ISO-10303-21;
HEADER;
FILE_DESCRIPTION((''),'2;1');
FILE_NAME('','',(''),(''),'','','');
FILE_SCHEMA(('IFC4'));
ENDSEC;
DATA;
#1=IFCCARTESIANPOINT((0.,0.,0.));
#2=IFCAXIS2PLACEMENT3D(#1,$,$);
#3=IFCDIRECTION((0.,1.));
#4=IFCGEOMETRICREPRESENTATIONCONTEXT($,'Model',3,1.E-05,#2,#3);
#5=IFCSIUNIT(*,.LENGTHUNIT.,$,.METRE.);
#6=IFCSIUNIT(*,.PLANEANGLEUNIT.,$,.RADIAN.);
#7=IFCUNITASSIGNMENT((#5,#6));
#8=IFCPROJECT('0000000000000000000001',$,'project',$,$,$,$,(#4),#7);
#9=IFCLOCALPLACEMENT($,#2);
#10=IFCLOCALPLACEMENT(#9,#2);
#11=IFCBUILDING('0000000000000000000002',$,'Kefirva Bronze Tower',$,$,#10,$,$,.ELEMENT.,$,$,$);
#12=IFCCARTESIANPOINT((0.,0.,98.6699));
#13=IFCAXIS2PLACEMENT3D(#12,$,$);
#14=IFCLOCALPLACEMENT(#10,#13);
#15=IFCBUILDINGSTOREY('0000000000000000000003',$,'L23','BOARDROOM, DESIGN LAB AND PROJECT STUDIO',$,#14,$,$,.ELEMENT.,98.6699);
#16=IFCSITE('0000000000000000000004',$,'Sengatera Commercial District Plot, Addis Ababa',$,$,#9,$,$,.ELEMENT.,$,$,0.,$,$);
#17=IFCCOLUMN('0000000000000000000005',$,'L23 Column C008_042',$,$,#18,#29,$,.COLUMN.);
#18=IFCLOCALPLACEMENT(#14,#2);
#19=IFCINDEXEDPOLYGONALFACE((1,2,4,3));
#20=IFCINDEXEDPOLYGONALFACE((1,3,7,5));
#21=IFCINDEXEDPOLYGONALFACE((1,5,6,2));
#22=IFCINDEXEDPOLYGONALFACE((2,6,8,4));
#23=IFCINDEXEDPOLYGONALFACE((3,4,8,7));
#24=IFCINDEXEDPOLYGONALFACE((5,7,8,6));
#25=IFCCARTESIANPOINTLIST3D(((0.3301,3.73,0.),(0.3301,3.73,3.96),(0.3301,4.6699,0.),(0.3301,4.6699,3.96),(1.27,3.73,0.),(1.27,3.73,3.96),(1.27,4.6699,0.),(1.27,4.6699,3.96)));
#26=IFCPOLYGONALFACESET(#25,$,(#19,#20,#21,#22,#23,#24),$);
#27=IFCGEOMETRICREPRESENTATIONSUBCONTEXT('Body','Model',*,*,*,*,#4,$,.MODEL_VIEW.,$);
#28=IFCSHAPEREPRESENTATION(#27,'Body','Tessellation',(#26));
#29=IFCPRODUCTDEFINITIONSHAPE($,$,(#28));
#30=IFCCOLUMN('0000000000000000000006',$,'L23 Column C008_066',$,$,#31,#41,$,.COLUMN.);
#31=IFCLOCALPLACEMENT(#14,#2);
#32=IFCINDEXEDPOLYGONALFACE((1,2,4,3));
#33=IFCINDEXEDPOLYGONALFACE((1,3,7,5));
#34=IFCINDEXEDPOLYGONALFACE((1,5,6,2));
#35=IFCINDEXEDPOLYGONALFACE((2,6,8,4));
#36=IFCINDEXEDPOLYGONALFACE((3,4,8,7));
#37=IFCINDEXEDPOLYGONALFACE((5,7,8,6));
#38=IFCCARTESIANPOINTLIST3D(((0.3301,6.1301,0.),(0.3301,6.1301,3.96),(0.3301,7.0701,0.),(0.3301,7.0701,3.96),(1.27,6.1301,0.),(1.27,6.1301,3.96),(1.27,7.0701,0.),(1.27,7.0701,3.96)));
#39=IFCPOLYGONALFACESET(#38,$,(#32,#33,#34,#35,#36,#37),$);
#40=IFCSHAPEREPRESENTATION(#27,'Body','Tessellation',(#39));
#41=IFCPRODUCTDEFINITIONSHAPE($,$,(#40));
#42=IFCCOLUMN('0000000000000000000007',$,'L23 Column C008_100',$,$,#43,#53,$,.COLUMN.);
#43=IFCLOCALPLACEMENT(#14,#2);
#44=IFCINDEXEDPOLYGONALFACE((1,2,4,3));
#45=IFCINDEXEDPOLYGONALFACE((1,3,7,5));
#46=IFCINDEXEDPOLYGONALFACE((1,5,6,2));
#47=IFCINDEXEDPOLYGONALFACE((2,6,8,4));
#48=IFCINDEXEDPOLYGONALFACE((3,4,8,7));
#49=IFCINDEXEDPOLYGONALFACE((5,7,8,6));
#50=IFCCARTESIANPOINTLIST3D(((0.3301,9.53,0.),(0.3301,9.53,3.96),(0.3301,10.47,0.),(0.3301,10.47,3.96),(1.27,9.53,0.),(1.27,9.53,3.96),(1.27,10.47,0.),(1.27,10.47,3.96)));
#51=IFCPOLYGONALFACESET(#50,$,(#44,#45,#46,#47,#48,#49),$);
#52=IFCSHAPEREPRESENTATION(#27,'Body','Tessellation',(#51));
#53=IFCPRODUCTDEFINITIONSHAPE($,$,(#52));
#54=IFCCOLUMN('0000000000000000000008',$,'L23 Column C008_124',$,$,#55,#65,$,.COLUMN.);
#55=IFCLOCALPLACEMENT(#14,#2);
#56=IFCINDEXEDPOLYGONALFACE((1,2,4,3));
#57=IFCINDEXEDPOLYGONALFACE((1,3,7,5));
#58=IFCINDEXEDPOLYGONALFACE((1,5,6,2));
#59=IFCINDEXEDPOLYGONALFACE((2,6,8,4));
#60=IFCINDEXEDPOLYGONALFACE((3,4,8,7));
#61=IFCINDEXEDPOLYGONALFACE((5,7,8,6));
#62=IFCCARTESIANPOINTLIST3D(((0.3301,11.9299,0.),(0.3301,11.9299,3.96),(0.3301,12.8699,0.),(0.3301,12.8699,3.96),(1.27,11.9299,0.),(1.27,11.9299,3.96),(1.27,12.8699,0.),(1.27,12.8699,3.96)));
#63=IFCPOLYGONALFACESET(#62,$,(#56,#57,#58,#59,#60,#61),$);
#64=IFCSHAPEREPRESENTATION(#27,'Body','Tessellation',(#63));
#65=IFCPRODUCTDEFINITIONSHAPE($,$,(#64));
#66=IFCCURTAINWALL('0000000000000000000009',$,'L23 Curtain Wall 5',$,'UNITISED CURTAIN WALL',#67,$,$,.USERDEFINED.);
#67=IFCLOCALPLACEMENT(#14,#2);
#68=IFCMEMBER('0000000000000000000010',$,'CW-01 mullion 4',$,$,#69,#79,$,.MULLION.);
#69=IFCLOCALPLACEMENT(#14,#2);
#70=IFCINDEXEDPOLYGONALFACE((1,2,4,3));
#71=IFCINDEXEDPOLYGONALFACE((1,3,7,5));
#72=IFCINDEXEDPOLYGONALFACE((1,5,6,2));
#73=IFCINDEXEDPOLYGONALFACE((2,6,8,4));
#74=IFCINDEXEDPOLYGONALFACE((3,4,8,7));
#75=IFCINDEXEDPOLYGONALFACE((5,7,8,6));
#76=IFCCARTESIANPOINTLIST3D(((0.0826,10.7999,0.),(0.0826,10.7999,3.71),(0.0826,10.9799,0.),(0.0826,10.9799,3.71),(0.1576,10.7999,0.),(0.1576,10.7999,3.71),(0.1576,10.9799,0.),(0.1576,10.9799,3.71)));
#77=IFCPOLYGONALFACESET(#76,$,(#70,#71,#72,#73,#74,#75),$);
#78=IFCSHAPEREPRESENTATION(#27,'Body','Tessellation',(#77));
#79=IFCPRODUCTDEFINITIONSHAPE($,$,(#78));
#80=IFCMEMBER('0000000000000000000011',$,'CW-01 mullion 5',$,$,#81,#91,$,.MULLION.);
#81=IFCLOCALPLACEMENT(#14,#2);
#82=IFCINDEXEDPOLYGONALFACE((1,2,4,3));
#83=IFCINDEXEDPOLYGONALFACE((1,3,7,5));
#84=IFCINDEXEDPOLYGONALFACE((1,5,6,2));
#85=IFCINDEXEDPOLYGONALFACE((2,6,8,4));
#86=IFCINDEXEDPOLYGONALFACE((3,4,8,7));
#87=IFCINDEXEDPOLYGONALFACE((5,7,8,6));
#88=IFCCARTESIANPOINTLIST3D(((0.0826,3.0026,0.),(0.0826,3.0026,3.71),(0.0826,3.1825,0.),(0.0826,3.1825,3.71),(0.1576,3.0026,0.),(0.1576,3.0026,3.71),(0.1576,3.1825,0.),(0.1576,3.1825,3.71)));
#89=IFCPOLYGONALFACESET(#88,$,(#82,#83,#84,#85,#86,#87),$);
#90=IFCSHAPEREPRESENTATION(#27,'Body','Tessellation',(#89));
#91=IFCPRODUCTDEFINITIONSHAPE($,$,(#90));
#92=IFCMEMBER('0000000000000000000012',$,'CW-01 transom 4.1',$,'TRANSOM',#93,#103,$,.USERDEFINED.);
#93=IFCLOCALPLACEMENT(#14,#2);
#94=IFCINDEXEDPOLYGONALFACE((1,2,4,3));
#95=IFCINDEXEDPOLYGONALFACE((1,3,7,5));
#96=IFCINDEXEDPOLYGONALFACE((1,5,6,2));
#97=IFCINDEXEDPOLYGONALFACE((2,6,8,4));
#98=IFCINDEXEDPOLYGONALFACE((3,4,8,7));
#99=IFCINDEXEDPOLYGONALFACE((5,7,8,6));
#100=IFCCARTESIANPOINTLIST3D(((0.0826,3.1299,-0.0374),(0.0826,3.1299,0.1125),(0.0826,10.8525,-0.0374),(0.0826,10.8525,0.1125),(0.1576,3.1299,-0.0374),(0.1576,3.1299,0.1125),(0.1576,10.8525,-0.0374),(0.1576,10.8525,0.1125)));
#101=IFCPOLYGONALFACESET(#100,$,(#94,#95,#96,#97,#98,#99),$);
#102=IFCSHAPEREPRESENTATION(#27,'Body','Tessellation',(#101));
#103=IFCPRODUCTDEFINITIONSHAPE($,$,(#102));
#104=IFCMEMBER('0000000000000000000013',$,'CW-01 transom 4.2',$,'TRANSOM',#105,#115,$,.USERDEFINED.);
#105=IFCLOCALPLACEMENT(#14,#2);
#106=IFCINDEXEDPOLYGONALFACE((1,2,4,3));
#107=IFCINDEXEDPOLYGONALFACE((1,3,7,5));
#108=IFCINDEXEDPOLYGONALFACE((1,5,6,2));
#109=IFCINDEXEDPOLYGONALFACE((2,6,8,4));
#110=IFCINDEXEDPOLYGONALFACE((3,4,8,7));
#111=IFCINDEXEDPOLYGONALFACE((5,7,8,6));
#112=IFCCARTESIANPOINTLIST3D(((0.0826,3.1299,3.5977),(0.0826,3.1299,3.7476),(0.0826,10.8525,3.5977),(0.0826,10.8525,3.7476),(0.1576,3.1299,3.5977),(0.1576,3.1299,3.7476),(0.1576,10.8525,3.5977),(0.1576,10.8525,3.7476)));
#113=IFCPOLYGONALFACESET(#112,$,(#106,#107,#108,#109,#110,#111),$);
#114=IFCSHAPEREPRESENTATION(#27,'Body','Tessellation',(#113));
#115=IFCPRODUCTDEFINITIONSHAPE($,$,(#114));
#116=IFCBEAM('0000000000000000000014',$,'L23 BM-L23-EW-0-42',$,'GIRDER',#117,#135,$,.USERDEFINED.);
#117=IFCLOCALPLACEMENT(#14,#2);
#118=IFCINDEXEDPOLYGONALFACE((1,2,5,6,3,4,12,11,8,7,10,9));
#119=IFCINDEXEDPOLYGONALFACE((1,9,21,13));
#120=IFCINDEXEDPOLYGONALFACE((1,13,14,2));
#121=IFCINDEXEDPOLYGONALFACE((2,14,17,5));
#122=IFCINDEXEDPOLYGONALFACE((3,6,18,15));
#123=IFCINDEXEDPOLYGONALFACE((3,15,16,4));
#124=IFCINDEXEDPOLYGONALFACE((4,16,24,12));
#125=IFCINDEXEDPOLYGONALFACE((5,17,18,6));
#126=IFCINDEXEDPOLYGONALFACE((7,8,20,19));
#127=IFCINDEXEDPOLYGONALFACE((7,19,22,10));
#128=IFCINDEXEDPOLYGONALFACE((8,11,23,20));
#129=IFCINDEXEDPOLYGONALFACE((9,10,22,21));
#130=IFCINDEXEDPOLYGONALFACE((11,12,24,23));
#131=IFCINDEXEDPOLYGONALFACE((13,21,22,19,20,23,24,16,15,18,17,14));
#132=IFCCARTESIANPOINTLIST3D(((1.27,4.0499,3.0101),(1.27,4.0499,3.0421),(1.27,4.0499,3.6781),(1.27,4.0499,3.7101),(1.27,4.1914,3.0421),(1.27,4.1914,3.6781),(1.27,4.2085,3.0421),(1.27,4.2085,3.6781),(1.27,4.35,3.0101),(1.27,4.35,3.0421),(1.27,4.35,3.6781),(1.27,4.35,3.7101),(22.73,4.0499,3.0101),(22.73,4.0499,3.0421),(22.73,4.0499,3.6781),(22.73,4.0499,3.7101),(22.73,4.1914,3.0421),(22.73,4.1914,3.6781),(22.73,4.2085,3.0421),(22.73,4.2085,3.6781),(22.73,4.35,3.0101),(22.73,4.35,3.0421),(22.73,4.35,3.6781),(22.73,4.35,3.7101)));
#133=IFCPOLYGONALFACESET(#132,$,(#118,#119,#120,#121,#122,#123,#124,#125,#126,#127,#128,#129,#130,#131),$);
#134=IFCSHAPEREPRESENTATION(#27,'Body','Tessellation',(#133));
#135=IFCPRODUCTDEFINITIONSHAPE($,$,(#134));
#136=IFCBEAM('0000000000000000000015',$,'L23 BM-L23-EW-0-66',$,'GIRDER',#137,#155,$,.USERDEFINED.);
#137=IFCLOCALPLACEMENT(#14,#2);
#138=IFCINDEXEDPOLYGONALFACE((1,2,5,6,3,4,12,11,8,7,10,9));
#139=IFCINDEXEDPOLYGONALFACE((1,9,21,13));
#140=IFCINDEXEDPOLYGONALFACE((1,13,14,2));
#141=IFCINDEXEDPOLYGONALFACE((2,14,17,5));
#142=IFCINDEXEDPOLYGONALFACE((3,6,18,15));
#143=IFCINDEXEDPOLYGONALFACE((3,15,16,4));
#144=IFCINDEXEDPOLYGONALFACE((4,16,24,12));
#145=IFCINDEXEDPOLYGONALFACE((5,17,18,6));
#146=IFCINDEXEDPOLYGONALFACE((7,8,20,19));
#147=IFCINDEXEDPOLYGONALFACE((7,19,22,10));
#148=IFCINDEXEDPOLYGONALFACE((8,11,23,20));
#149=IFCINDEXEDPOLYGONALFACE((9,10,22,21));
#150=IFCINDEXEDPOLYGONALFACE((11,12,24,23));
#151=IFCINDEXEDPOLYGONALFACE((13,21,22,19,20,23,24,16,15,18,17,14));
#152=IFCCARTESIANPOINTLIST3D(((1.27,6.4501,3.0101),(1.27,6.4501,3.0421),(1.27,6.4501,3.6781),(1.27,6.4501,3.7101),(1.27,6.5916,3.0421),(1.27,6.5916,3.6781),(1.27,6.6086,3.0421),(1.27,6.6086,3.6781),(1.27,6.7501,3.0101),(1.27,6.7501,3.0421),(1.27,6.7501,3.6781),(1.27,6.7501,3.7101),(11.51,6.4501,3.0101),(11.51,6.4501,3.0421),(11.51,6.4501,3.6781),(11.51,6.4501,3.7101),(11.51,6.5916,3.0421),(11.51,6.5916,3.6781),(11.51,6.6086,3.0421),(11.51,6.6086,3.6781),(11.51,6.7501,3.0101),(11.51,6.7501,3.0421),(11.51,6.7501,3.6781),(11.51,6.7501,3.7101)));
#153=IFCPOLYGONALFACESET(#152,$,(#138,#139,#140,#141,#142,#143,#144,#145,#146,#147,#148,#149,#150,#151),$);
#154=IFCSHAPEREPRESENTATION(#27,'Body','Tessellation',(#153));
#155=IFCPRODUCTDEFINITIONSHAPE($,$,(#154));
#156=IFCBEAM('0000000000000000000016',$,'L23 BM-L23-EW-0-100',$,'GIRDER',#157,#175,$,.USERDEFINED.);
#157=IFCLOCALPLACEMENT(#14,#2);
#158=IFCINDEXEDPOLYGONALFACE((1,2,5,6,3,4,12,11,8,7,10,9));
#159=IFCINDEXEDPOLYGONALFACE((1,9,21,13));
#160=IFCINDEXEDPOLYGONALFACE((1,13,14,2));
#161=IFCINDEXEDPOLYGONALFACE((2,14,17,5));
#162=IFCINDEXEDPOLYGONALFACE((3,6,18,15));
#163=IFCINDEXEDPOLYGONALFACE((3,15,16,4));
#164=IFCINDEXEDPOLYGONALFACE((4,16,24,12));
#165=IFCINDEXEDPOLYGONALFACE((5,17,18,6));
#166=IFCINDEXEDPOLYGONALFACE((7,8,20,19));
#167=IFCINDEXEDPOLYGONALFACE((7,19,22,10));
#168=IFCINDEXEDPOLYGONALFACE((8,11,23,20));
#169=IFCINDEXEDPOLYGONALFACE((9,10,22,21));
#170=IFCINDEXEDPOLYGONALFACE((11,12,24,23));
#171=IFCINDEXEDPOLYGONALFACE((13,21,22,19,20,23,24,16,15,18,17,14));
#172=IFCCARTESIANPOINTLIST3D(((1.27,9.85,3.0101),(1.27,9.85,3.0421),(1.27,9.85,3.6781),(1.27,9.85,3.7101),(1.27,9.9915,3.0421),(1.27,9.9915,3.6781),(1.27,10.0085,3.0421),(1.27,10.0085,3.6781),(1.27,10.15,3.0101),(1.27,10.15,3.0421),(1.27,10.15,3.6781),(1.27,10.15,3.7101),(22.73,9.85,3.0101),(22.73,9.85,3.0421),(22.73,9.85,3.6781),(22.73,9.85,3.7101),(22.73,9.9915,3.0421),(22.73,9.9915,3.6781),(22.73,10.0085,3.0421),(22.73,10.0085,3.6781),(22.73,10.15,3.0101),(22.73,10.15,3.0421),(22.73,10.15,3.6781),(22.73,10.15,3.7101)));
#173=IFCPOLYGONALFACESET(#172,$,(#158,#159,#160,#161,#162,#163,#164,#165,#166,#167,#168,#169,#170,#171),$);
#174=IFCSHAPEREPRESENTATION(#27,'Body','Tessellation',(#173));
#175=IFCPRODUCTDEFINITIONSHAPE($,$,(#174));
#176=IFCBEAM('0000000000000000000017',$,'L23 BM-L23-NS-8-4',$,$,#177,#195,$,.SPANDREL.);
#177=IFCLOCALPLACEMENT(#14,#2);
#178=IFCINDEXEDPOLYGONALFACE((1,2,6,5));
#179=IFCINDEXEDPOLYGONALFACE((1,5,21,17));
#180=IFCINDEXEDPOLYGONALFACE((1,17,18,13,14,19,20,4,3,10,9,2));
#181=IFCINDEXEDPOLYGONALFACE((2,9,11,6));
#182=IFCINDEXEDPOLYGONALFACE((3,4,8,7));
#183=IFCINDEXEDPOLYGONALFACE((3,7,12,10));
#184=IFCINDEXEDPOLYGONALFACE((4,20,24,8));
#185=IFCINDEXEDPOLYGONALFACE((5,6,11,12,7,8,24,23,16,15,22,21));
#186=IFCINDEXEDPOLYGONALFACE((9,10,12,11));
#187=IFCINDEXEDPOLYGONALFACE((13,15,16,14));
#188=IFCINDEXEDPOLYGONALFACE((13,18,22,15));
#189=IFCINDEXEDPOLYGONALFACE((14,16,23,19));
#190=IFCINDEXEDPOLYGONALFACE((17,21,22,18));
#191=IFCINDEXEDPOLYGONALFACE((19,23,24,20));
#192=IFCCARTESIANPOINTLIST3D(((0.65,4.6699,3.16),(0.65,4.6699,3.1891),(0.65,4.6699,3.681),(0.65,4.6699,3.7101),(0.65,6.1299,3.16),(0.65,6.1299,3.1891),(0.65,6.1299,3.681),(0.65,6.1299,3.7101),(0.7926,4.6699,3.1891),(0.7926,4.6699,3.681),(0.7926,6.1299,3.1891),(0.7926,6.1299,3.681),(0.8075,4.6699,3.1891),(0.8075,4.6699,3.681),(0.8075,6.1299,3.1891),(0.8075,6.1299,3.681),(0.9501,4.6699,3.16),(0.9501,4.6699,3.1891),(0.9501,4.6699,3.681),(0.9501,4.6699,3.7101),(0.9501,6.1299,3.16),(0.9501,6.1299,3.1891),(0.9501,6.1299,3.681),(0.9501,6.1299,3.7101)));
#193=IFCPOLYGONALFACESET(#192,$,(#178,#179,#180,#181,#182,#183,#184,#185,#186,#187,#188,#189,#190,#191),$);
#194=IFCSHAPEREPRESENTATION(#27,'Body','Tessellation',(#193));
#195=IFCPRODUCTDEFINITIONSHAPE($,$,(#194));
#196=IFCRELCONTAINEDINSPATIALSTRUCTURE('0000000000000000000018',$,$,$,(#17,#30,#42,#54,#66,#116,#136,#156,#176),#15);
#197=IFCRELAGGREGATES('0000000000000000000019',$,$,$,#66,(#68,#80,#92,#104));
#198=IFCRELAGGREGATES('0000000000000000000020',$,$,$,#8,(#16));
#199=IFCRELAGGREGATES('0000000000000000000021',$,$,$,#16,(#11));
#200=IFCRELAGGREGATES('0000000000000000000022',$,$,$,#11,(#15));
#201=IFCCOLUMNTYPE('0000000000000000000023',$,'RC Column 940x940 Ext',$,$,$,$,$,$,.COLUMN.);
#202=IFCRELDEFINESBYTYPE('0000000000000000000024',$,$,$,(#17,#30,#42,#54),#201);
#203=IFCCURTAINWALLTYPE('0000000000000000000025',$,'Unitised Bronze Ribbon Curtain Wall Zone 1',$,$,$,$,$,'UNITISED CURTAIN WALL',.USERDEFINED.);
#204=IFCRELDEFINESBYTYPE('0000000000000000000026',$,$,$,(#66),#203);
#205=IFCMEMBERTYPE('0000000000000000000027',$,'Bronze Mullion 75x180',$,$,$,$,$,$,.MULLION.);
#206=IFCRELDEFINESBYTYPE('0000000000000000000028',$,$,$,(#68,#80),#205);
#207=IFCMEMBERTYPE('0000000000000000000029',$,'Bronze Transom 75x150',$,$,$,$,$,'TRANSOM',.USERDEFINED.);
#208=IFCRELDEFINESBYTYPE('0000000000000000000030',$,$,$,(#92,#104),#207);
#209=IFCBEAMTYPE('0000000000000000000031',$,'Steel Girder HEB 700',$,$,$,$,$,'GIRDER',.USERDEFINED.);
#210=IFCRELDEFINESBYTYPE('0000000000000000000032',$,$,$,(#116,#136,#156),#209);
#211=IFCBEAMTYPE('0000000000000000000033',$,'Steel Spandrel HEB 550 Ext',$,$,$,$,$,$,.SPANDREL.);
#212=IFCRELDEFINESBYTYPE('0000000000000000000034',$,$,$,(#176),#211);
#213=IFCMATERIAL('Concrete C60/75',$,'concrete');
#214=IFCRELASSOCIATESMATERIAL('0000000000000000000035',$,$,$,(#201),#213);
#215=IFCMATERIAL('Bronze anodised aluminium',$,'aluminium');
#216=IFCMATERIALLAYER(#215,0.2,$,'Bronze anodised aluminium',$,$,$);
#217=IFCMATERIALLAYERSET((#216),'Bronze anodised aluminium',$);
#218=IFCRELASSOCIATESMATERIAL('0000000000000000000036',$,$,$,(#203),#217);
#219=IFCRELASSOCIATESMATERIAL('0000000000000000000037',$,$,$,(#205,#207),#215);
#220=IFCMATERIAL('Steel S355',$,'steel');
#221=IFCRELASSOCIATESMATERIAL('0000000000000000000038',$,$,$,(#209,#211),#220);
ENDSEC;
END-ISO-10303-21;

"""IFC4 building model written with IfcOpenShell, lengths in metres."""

from ifc_helpers import new_model, si_unit, direction, frame, origin, origin_2d, place, context, subcontext, project, spatial, rectangle, i_section, extrude, material, layer, layer_set, material_profile, profile_set, type_object, element, aggregate, save


model = new_model("IFC4")

# Units and contexts
model_context = context("Model", 3, precision=1e-05, world=origin(), true_north=direction((0.0, 1.0)))
body_context = subcontext(model_context, "Body", "Model", "MODEL_VIEW")
ifc_project = project(units=[si_unit("LENGTHUNIT", "METRE"), si_unit("PLANEANGLEUNIT", "RADIAN")], contexts=[model_context])

# Site, building, storey
site_placement = place(None, origin())
site = spatial("IfcSite", under=ifc_project, at=site_placement, Name="Sengatera Commercial District Plot, Addis Ababa", CompositionType="ELEMENT", RefElevation=0.0)
building_placement = place(site_placement, origin())
building = spatial("IfcBuilding", under=site, at=building_placement, Name="Kefirva Bronze Tower", CompositionType="ELEMENT")
storey_placement = place(building_placement, frame((0.0, 0.0, 98.6699)))
storey = spatial("IfcBuildingStorey", under=building, at=storey_placement, Name="L23", Description="BOARDROOM, DESIGN LAB AND PROJECT STUDIO", CompositionType="ELEMENT", Elevation=98.6699)

# Columns
ifc_material_1 = material(Name="Concrete C60/75", Category="concrete")
ifc_material_profile_1 = material_profile(ifc_material_1, rectangle(XDim=0.9399, YDim=0.9399, at=origin_2d()), Name="RC 940x940")
ifc_profile_set_1 = profile_set([ifc_material_profile_1], Name="Concrete C60/75")
column_type = type_object("IfcColumnType", Name="RC Column 940x940 Ext", PredefinedType="COLUMN", material=ifc_profile_set_1)
for number, where, z_axis, x_axis, name in (
    (1, (0.8, 4.2, 0.0), (0.0, 0.0, 1.0), (1.0, 0.0, 0.0), "L23 Column C008_042"),
    (2, (0.8, 6.6001, 0.0), (0.0, 0.0, 1.0), (1.0, 0.0, 0.0), "L23 Column C008_066"),
    (3, (0.8, 10.0, 0.0), (0.0, 0.0, 1.0), (1.0, 0.0, 0.0), "L23 Column C008_100"),
    (4, (0.8, 12.3999, 0.0), (0.0, 0.0, 1.0), (1.0, 0.0, 0.0), "L23 Column C008_124"),
):
    element("IfcColumn", number, at=place(storey_placement, frame(where, z_axis=z_axis, x_axis=x_axis)), inside=storey, type_object=column_type, Name=name, PredefinedType="COLUMN", context=body_context, shape_type="SweptSolid", body=[
        extrude(rectangle(XDim=0.9399, YDim=0.9399, at=origin_2d()), origin(), (0.0, 0.0, 1.0), 3.96),
    ])

# Curtain wall, members
ifc_material_2 = material(Name="Bronze anodised aluminium", Category="aluminium")
ifc_layer_1 = layer(ifc_material_2, 0.2, Name="Bronze anodised aluminium")
ifc_layer_set_1 = layer_set([ifc_layer_1], Name="Bronze anodised aluminium")
curtain_wall_type = type_object("IfcCurtainWallType", Name="Unitised Bronze Ribbon Curtain Wall Zone 1", ElementType="UNITISED CURTAIN WALL", PredefinedType="USERDEFINED", material=ifc_layer_set_1)
curtain_wall_placement = place(storey_placement, origin())
curtain_wall = element("IfcCurtainWall", 5, at=curtain_wall_placement, inside=storey, type_object=curtain_wall_type, Name="L23 Curtain Wall 5", ObjectType="UNITISED CURTAIN WALL", PredefinedType="USERDEFINED")
ifc_material_profile_2 = material_profile(ifc_material_2, rectangle(XDim=0.075, YDim=0.1799, at=origin_2d()), Name="ALU 75x180")
ifc_profile_set_2 = profile_set([ifc_material_profile_2], Name="Bronze anodised aluminium")
member_type_1 = type_object("IfcMemberType", Name="Bronze Mullion 75x180", PredefinedType="MULLION", material=ifc_profile_set_2)
member_1_placement = place(storey_placement, frame((0.1201, 10.8899, 0.0), z_axis=(0.0, 0.0, 1.0), x_axis=(1.0, 0.0, 0.0)))
member_1 = element("IfcMember", 6, at=member_1_placement, type_object=member_type_1, Name="CW-01 mullion 4", PredefinedType="MULLION", context=body_context, shape_type="SweptSolid", body=[
    extrude(rectangle(XDim=0.075, YDim=0.1799, at=origin_2d()), origin(), (0.0, 0.0, 1.0), 3.71),
])
member_2_placement = place(storey_placement, frame((0.1201, 3.0925, 0.0), z_axis=(0.0, 0.0, 1.0), x_axis=(1.0, 0.0, 0.0)))
member_2 = element("IfcMember", 7, at=member_2_placement, type_object=member_type_1, Name="CW-01 mullion 5", PredefinedType="MULLION", context=body_context, shape_type="SweptSolid", body=[
    extrude(rectangle(XDim=0.075, YDim=0.1799, at=origin_2d()), origin(), (0.0, 0.0, 1.0), 3.71),
])
ifc_material_profile_3 = material_profile(ifc_material_2, rectangle(XDim=0.075, YDim=0.1499, at=origin_2d()), Name="ALU 75x150")
ifc_profile_set_3 = profile_set([ifc_material_profile_3], Name="Bronze anodised aluminium")
member_type_2 = type_object("IfcMemberType", Name="Bronze Transom 75x150", ElementType="TRANSOM", PredefinedType="USERDEFINED", material=ifc_profile_set_3)
member_3_placement = place(storey_placement, frame((0.1201, 10.8525, 0.0376), z_axis=(0.0, -1.0, 0.0), x_axis=(1.0, 0.0, 0.0)))
member_3 = element("IfcMember", 8, at=member_3_placement, type_object=member_type_2, Name="CW-01 transom 4.1", ObjectType="TRANSOM", PredefinedType="USERDEFINED", context=body_context, shape_type="SweptSolid", body=[
    extrude(rectangle(XDim=0.075, YDim=0.1499, at=origin_2d()), origin(), (0.0, 0.0, 1.0), 7.7227),
])
member_4_placement = place(storey_placement, frame((0.1201, 10.8525, 3.6726), z_axis=(0.0, -1.0, 0.0), x_axis=(1.0, 0.0, 0.0)))
member_4 = element("IfcMember", 9, at=member_4_placement, type_object=member_type_2, Name="CW-01 transom 4.2", ObjectType="TRANSOM", PredefinedType="USERDEFINED", context=body_context, shape_type="SweptSolid", body=[
    extrude(rectangle(XDim=0.075, YDim=0.1499, at=origin_2d()), origin(), (0.0, 0.0, 1.0), 7.7227),
])

# Beams
ifc_material_3 = material(Name="Steel S355", Category="steel")
ifc_material_profile_4 = material_profile(ifc_material_3, i_section(OverallWidth=0.3, OverallDepth=0.7, WebThickness=0.0171, FlangeThickness=0.032, at=origin_2d()), Name="HEB 700")
ifc_profile_set_4 = profile_set([ifc_material_profile_4], Name="Steel S355")
beam_type_1 = type_object("IfcBeamType", Name="Steel Girder HEB 700", ElementType="GIRDER", PredefinedType="USERDEFINED", material=ifc_profile_set_4)
beam_1_placement = place(storey_placement, frame((1.27, 4.2, 3.3601), z_axis=(1.0, 0.0, 0.0), x_axis=(0.0, 1.0, 0.0)))
element("IfcBeam", 10, at=beam_1_placement, inside=storey, type_object=beam_type_1, Name="L23 BM-L23-EW-0-42", ObjectType="GIRDER", PredefinedType="USERDEFINED", context=body_context, shape_type="SweptSolid", body=[
    extrude(i_section(OverallWidth=0.3, OverallDepth=0.7, WebThickness=0.0171, FlangeThickness=0.032, at=origin_2d()), origin(), (0.0, 0.0, 1.0), 21.46),
])
beam_2_placement = place(storey_placement, frame((1.27, 6.6001, 3.3601), z_axis=(1.0, 0.0, 0.0), x_axis=(0.0, 1.0, 0.0)))
element("IfcBeam", 11, at=beam_2_placement, inside=storey, type_object=beam_type_1, Name="L23 BM-L23-EW-0-66", ObjectType="GIRDER", PredefinedType="USERDEFINED", context=body_context, shape_type="SweptSolid", body=[
    extrude(i_section(OverallWidth=0.3, OverallDepth=0.7, WebThickness=0.0171, FlangeThickness=0.032, at=origin_2d()), origin(), (0.0, 0.0, 1.0), 10.24),
])
beam_3_placement = place(storey_placement, frame((1.27, 10.0, 3.3601), z_axis=(1.0, 0.0, 0.0), x_axis=(0.0, 1.0, 0.0)))
element("IfcBeam", 12, at=beam_3_placement, inside=storey, type_object=beam_type_1, Name="L23 BM-L23-EW-0-100", ObjectType="GIRDER", PredefinedType="USERDEFINED", context=body_context, shape_type="SweptSolid", body=[
    extrude(i_section(OverallWidth=0.3, OverallDepth=0.7, WebThickness=0.0171, FlangeThickness=0.032, at=origin_2d()), origin(), (0.0, 0.0, 1.0), 21.46),
])
ifc_material_profile_5 = material_profile(ifc_material_3, i_section(OverallWidth=0.3, OverallDepth=0.55, WebThickness=0.0149, FlangeThickness=0.0291, at=origin_2d()), Name="HEB 550")
ifc_profile_set_5 = profile_set([ifc_material_profile_5], Name="Steel S355")
beam_type_2 = type_object("IfcBeamType", Name="Steel Spandrel HEB 550 Ext", PredefinedType="SPANDREL", material=ifc_profile_set_5)
beam_4_placement = place(storey_placement, frame((0.8, 4.6699, 3.4351), z_axis=(0.0, 1.0, 0.0), x_axis=(-1.0, 0.0, 0.0)))
element("IfcBeam", 13, at=beam_4_placement, inside=storey, type_object=beam_type_2, Name="L23 BM-L23-NS-8-4", PredefinedType="SPANDREL", context=body_context, shape_type="SweptSolid", body=[
    extrude(i_section(OverallWidth=0.3, OverallDepth=0.55, WebThickness=0.0149, FlangeThickness=0.0291, at=origin_2d()), origin(), (0.0, 0.0, 1.0), 1.46),
])

aggregate(curtain_wall, [member_1, member_2, member_3, member_4])

save(model, "model.ifc")
